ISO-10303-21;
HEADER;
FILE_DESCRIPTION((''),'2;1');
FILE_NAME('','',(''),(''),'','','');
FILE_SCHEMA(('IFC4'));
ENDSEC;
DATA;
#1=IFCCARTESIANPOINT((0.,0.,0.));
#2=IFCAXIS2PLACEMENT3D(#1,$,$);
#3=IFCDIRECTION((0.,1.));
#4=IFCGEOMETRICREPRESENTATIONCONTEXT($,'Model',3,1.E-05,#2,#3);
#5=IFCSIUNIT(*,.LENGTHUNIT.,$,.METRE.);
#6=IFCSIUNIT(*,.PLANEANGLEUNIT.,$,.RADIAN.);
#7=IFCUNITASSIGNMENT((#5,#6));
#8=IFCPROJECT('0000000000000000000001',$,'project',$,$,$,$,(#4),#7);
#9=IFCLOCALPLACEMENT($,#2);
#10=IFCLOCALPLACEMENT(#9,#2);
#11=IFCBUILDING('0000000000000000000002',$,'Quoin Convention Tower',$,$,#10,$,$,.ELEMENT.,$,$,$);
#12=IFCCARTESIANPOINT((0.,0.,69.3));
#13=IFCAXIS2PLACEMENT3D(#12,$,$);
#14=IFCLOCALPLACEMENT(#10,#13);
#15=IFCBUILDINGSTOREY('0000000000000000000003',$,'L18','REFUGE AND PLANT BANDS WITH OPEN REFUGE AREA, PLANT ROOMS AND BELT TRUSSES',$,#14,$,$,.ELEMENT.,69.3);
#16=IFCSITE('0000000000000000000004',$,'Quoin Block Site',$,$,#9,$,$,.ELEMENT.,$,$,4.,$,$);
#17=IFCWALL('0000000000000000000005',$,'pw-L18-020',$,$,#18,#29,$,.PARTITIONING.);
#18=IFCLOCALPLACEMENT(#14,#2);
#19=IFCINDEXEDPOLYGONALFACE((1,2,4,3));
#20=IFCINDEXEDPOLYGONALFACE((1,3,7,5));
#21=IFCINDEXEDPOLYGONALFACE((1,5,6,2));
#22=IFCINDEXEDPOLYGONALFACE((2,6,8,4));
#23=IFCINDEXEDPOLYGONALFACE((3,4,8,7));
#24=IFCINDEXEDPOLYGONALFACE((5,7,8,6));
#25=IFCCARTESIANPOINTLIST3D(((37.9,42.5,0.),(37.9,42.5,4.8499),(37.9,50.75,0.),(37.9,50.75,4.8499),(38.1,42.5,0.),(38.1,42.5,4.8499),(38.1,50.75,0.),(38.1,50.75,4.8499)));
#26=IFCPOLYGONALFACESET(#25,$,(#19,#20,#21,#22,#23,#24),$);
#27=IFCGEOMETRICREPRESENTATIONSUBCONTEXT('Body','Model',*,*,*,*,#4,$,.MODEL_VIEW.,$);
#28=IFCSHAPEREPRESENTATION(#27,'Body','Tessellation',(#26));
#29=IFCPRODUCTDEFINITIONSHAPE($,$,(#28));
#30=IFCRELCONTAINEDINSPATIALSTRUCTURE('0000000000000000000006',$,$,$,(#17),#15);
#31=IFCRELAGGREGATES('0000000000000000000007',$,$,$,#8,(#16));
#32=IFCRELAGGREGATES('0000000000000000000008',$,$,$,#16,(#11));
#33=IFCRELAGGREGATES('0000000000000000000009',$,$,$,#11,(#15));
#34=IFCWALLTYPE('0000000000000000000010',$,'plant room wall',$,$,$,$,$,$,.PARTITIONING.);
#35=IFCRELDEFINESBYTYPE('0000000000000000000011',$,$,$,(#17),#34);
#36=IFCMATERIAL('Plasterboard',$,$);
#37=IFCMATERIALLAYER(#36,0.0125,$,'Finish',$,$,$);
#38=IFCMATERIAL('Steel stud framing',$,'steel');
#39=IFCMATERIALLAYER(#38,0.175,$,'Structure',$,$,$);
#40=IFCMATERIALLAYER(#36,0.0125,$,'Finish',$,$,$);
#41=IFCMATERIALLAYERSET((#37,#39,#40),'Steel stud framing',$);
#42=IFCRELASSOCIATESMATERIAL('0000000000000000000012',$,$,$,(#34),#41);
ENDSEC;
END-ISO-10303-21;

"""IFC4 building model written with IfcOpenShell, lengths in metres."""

from ifc_helpers import new_model, si_unit, direction, frame, frame_2d, origin, place, context, subcontext, project, spatial, rectangle, extrude, material, layer, layer_set, type_object, element, save


model = new_model("IFC4")

# Units and contexts
model_context = context("Model", 3, precision=1e-05, world=origin(), true_north=direction((0.0, 1.0)))
body_context = subcontext(model_context, "Body", "Model", "MODEL_VIEW")
ifc_project = project(units=[si_unit("LENGTHUNIT", "METRE"), si_unit("PLANEANGLEUNIT", "RADIAN")], contexts=[model_context])

# Site, building, storey
site_placement = place(None, origin())
site = spatial("IfcSite", under=ifc_project, at=site_placement, Name="Quoin Block Site", CompositionType="ELEMENT", RefElevation=4.0)
building_placement = place(site_placement, origin())
building = spatial("IfcBuilding", under=site, at=building_placement, Name="Quoin Convention Tower", CompositionType="ELEMENT")
storey_placement = place(building_placement, frame((0.0, 0.0, 69.3)))
storey = spatial("IfcBuildingStorey", under=building, at=storey_placement, Name="L18", Description="REFUGE AND PLANT BANDS WITH OPEN REFUGE AREA, PLANT ROOMS AND BELT TRUSSES", CompositionType="ELEMENT", Elevation=69.3)

# Shared definitions
ifc_material_1 = material(Name="Plasterboard")
ifc_layer_1 = layer(ifc_material_1, 0.0125, Name="Finish")
ifc_material_2 = material(Name="Steel stud framing", Category="steel")
ifc_layer_2 = layer(ifc_material_2, 0.175, Name="Structure")
ifc_layer_3 = layer(ifc_material_1, 0.0125, Name="Finish")
ifc_layer_set_1 = layer_set([ifc_layer_1, ifc_layer_2, ifc_layer_3], Name="Steel stud framing")
wall_type_1 = type_object("IfcWallType", Name="plant room wall", PredefinedType="PARTITIONING", material=ifc_layer_set_1)

# Wall
wall_1_placement = place(storey_placement, frame((38.0, 42.5, 0.0), z_axis=(0.0, 0.0, 1.0), x_axis=(0.0, 1.0, 0.0)))
element("IfcWall", 1, at=wall_1_placement, inside=storey, type_object=wall_type_1, Name="pw-L18-020", PredefinedType="PARTITIONING", context=body_context, shape_type="SweptSolid", body=[
    extrude(rectangle(XDim=8.25, YDim=0.2, at=frame_2d((4.125, 0.0))), origin(), (0.0, 0.0, 1.0), 4.8499),
])

save(model, "model.ifc")
